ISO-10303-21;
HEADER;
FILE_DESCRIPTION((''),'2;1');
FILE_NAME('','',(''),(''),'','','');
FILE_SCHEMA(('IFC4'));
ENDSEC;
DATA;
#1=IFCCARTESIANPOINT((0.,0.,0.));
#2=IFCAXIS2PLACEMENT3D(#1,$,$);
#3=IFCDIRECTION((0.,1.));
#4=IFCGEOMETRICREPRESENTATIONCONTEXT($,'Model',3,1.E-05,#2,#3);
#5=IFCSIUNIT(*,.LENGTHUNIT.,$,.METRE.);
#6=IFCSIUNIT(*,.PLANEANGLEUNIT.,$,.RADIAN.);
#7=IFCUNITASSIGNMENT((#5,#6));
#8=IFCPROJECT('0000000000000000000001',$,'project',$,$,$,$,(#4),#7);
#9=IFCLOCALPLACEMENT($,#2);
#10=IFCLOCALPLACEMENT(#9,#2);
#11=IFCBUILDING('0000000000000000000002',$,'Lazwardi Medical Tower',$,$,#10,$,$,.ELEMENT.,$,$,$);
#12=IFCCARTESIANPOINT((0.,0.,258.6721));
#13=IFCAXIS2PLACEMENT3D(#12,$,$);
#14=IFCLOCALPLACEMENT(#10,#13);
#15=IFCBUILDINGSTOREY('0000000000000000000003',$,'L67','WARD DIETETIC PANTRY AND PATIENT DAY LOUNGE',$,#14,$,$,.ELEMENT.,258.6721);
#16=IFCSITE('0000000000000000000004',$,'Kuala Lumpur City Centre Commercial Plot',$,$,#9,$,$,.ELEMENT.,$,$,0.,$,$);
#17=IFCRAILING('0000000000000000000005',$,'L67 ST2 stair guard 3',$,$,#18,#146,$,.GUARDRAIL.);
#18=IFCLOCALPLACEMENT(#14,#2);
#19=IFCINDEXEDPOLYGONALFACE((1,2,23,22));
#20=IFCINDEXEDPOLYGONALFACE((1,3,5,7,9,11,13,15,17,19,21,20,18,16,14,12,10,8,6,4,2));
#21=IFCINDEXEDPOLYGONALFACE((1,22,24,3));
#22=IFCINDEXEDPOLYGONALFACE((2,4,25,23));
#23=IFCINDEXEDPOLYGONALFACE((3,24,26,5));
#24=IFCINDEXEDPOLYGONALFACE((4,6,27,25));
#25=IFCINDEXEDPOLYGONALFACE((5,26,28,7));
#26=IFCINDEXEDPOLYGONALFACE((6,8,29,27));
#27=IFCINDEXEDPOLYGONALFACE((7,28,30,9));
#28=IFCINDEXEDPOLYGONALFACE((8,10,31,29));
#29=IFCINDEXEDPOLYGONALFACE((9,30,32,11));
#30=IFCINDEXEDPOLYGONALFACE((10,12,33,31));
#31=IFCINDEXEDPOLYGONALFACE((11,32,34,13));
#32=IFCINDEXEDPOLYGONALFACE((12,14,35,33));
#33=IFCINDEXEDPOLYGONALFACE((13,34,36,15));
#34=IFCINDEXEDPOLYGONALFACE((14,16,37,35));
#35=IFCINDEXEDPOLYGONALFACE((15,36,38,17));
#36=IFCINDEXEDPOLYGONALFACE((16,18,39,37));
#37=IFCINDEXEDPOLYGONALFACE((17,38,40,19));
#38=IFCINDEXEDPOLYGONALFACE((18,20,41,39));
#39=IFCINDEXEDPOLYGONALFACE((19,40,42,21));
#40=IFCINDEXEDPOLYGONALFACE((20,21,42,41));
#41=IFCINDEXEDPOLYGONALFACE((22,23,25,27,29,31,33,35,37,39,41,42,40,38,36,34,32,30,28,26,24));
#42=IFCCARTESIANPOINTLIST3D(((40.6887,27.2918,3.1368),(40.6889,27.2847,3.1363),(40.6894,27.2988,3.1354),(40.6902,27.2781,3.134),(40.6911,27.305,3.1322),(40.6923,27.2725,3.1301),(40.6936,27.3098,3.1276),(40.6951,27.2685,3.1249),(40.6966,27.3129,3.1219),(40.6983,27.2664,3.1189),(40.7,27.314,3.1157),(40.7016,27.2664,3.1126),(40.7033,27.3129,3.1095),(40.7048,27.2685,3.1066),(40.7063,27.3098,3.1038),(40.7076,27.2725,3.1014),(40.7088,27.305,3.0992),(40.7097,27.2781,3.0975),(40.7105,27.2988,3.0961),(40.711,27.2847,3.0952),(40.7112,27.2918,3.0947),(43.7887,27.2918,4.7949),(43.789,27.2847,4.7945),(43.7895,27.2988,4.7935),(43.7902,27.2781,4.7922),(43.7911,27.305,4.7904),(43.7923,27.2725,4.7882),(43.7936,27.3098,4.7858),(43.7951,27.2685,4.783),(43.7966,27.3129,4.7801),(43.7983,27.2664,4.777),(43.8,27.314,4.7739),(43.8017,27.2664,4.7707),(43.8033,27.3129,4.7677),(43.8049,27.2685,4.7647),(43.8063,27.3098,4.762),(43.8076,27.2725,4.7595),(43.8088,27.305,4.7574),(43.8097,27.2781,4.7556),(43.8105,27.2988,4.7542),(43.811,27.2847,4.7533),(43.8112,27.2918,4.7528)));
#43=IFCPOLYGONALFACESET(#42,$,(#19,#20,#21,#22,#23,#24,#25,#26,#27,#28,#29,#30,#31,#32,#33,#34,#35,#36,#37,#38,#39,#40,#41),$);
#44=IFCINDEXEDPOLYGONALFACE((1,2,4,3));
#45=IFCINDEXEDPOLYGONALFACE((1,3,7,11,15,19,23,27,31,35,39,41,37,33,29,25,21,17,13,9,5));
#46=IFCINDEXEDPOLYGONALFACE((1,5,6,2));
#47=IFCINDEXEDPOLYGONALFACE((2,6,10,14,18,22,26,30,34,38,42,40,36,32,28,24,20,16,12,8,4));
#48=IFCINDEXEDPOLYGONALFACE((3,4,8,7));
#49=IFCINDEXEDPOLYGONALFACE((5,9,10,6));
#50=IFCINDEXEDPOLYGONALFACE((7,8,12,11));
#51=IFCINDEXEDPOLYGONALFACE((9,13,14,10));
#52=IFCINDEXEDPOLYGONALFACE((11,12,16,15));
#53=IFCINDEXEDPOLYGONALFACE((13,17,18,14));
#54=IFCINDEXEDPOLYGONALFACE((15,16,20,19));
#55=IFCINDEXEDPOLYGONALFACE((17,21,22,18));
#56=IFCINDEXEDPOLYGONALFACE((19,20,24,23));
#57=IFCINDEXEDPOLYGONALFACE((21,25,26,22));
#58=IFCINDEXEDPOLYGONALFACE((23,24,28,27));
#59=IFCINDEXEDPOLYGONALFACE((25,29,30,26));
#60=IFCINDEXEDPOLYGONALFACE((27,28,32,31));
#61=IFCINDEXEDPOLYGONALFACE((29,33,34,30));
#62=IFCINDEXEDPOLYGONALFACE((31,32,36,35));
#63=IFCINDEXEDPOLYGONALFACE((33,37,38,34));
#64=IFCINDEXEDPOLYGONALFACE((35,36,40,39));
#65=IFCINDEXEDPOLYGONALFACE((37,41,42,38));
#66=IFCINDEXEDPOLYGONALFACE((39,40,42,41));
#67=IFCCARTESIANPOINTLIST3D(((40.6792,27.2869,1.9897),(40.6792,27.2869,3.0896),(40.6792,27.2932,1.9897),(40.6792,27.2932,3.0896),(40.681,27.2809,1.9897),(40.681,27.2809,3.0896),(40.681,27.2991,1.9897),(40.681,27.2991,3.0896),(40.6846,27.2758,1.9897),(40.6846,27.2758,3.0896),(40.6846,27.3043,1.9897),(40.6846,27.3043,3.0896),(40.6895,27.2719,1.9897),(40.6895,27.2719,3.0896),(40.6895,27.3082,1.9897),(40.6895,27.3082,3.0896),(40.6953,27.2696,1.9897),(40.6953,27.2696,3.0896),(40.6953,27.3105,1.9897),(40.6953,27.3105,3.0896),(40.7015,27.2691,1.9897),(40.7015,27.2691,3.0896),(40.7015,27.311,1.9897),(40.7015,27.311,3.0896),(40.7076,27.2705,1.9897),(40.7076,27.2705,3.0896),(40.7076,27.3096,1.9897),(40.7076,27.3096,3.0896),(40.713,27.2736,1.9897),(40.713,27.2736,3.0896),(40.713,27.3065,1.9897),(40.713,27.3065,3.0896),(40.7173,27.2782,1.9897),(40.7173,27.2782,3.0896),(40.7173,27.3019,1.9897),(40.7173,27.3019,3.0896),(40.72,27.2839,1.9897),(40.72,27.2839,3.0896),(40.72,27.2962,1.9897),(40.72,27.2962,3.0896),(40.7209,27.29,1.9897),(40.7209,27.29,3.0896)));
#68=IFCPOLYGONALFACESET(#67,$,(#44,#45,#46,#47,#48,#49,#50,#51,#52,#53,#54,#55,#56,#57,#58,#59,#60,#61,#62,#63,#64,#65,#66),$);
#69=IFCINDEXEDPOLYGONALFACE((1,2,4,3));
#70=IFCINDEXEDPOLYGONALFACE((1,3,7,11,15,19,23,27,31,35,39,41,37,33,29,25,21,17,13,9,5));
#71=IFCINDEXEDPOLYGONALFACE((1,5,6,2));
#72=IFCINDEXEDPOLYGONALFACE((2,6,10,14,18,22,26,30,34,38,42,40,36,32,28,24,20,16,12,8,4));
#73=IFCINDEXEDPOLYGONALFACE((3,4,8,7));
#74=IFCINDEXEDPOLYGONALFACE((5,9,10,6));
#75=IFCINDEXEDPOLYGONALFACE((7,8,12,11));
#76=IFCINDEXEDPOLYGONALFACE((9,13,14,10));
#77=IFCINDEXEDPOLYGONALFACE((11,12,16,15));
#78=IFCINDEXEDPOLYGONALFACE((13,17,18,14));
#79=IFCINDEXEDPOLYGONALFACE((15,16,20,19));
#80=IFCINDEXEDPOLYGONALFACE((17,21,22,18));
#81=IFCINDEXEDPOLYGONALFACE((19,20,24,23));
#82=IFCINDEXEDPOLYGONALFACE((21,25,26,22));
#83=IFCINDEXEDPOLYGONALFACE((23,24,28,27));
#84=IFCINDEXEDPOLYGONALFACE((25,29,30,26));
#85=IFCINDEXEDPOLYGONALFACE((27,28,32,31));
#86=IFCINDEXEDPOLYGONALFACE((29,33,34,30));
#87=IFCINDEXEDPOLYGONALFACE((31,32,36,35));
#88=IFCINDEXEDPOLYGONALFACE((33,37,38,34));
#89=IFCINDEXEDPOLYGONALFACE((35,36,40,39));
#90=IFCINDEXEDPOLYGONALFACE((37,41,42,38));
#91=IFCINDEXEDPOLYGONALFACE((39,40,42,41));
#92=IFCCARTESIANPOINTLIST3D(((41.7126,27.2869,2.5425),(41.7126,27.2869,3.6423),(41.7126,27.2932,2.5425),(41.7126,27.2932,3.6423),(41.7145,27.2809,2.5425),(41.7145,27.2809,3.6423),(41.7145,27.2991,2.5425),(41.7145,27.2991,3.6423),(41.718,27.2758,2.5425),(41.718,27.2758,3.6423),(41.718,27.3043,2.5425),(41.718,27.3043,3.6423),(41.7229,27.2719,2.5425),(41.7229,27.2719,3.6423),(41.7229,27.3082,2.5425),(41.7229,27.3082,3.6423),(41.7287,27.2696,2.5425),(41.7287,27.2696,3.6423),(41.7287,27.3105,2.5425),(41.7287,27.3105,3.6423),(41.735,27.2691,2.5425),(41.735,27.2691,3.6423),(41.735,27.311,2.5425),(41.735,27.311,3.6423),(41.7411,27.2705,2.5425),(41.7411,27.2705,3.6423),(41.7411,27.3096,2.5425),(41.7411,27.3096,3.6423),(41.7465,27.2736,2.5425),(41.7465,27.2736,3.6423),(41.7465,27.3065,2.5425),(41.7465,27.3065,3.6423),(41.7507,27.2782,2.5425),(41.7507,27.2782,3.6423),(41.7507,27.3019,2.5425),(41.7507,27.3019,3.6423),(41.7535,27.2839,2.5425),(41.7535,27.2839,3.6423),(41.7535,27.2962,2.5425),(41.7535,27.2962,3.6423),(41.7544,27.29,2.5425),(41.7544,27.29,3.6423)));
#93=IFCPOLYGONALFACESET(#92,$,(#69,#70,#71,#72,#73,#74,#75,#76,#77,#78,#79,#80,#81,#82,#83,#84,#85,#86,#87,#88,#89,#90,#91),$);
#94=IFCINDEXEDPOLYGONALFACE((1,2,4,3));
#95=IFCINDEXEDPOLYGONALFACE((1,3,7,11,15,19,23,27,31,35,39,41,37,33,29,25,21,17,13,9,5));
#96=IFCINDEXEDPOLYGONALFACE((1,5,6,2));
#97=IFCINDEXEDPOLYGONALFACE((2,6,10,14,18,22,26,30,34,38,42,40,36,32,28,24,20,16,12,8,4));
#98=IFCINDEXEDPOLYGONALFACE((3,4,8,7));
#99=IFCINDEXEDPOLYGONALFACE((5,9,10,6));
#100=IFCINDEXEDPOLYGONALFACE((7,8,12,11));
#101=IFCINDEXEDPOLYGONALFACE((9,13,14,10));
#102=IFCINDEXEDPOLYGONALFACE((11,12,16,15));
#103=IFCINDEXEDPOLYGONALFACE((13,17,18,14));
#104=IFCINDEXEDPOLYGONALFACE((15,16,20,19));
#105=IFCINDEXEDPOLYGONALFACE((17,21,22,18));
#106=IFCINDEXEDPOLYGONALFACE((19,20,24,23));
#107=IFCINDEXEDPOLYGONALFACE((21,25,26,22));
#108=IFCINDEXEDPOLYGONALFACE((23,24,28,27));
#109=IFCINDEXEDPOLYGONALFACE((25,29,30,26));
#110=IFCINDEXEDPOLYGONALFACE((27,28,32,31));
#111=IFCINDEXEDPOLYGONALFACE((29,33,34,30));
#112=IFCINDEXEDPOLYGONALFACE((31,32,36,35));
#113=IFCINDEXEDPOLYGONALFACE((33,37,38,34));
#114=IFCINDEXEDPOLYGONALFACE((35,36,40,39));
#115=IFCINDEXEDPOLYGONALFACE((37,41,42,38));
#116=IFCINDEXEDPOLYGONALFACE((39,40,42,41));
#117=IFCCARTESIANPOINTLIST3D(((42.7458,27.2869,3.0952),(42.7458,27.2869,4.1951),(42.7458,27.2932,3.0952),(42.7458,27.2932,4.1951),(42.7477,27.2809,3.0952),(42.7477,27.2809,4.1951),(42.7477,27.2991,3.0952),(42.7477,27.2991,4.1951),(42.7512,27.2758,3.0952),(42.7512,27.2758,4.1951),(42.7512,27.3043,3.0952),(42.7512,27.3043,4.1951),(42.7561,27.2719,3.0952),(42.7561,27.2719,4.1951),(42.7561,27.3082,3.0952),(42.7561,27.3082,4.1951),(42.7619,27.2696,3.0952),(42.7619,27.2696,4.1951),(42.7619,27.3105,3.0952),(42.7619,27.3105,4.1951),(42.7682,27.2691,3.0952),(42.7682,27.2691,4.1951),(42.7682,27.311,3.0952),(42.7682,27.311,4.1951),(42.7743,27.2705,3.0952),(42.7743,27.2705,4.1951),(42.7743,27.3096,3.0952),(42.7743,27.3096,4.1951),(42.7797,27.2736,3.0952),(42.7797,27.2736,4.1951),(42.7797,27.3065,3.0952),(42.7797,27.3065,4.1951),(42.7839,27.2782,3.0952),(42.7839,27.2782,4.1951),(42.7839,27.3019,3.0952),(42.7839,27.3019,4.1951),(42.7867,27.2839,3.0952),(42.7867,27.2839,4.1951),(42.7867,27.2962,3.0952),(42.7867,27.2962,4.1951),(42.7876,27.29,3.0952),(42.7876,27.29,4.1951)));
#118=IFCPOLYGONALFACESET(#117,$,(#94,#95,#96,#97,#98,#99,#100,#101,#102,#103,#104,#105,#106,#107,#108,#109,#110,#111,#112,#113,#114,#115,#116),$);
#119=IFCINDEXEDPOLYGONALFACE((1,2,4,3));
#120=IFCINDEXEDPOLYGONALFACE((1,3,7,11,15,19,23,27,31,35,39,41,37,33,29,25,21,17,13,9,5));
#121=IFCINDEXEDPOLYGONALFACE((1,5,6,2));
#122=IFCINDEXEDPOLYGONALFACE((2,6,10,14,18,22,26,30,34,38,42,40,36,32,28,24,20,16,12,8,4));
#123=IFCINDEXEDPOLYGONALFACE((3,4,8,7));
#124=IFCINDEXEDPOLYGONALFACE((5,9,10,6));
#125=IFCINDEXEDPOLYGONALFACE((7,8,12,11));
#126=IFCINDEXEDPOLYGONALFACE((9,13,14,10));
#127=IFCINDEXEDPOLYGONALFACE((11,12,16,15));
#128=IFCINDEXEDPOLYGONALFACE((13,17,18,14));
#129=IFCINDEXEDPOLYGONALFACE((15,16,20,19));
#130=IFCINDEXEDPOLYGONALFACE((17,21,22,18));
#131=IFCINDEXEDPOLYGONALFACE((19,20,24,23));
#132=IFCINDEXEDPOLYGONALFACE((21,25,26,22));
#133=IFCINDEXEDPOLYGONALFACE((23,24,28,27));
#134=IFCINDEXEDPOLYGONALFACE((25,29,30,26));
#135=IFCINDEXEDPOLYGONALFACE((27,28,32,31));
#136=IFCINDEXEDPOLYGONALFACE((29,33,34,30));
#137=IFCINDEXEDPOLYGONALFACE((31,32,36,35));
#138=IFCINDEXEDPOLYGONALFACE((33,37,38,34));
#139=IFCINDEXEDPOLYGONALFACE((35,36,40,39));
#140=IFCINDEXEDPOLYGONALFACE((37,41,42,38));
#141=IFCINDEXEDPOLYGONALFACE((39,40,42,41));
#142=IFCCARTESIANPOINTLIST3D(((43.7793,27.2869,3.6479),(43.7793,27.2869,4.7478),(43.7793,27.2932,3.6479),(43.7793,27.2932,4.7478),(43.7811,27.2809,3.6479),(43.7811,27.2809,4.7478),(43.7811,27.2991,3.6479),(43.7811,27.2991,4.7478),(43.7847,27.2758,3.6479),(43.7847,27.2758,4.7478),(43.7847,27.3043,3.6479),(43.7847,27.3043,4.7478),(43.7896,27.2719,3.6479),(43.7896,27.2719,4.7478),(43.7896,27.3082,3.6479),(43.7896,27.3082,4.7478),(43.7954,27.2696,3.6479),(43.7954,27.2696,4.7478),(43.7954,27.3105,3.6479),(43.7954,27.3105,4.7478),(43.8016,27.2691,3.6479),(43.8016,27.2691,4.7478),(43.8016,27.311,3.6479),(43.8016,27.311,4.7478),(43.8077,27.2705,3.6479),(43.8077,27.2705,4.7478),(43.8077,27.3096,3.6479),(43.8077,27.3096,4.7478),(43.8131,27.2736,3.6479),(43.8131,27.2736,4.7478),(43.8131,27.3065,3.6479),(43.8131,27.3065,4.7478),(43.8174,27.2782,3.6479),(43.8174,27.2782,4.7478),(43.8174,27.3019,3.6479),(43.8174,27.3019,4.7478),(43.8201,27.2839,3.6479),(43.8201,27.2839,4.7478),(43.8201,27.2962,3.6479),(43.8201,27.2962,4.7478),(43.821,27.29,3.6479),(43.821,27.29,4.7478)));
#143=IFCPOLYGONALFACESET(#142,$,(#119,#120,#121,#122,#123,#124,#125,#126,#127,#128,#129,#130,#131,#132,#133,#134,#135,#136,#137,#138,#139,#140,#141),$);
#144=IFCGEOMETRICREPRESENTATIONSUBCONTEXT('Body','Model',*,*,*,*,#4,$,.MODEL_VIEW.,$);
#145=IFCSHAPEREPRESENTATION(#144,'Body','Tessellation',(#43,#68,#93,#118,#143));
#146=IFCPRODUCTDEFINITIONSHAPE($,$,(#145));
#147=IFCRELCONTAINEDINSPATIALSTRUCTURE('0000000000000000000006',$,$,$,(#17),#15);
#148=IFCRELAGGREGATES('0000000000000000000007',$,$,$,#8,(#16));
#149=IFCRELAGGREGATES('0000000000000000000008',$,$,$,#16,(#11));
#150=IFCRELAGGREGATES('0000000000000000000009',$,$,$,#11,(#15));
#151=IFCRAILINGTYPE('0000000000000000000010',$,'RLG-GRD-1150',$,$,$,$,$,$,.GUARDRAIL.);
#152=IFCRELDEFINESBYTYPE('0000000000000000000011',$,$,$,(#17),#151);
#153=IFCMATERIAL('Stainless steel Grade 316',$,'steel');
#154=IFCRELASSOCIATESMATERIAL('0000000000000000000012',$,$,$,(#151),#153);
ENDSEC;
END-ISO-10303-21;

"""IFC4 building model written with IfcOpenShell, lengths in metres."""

from ifc_helpers import new_model, si_unit, direction, frame, origin, origin_2d, place, context, subcontext, project, spatial, circle, extrude, material, type_object, element, save


model = new_model("IFC4")

# Units and contexts
model_context = context("Model", 3, precision=1e-05, world=origin(), true_north=direction((0.0, 1.0)))
body_context = subcontext(model_context, "Body", "Model", "MODEL_VIEW")
ifc_project = project(units=[si_unit("LENGTHUNIT", "METRE"), si_unit("PLANEANGLEUNIT", "RADIAN")], contexts=[model_context])

# Site, building, storey
site_placement = place(None, origin())
site = spatial("IfcSite", under=ifc_project, at=site_placement, Name="Kuala Lumpur City Centre Commercial Plot", CompositionType="ELEMENT", RefElevation=0.0)
building_placement = place(site_placement, origin())
building = spatial("IfcBuilding", under=site, at=building_placement, Name="Lazwardi Medical Tower", CompositionType="ELEMENT")
storey_placement = place(building_placement, frame((0.0, 0.0, 258.6721)))
storey = spatial("IfcBuildingStorey", under=building, at=storey_placement, Name="L67", Description="WARD DIETETIC PANTRY AND PATIENT DAY LOUNGE", CompositionType="ELEMENT", Elevation=258.6721)

# Railing
ifc_material_1 = material(Name="Stainless steel Grade 316", Category="steel")
railing_type_1 = type_object("IfcRailingType", Name="RLG-GRD-1150", PredefinedType="GUARDRAIL", material=ifc_material_1)
railing_1_placement = place(storey_placement, frame((40.7, 27.29, 1.9897)))
element("IfcRailing", 1, at=railing_1_placement, inside=storey, type_object=railing_type_1, Name="L67 ST2 stair guard 3", PredefinedType="GUARDRAIL", context=body_context, shape_type="SweptSolid", body=[
    extrude(circle(Radius=0.0239, at=origin_2d()), frame((0.0, 0.0, 1.126), z_axis=(0.881783, 0.0, 0.471655), x_axis=(0.0, 1.0, 0.0)), (0.0, 0.0, 1.0), 3.5156),
    extrude(circle(Radius=0.021, at=origin_2d()), origin(), (0.0, 0.0, 1.0), 1.0999),
    extrude(circle(Radius=0.021, at=origin_2d()), frame((1.0334, 0.0, 0.5527)), (0.0, 0.0, 1.0), 1.0999),
    extrude(circle(Radius=0.021, at=origin_2d()), frame((2.0667, 0.0, 1.1055)), (0.0, 0.0, 1.0), 1.0999),
    extrude(circle(Radius=0.021, at=origin_2d()), frame((3.1001, 0.0, 1.6582)), (0.0, 0.0, 1.0), 1.0999),
])

save(model, "model.ifc")
